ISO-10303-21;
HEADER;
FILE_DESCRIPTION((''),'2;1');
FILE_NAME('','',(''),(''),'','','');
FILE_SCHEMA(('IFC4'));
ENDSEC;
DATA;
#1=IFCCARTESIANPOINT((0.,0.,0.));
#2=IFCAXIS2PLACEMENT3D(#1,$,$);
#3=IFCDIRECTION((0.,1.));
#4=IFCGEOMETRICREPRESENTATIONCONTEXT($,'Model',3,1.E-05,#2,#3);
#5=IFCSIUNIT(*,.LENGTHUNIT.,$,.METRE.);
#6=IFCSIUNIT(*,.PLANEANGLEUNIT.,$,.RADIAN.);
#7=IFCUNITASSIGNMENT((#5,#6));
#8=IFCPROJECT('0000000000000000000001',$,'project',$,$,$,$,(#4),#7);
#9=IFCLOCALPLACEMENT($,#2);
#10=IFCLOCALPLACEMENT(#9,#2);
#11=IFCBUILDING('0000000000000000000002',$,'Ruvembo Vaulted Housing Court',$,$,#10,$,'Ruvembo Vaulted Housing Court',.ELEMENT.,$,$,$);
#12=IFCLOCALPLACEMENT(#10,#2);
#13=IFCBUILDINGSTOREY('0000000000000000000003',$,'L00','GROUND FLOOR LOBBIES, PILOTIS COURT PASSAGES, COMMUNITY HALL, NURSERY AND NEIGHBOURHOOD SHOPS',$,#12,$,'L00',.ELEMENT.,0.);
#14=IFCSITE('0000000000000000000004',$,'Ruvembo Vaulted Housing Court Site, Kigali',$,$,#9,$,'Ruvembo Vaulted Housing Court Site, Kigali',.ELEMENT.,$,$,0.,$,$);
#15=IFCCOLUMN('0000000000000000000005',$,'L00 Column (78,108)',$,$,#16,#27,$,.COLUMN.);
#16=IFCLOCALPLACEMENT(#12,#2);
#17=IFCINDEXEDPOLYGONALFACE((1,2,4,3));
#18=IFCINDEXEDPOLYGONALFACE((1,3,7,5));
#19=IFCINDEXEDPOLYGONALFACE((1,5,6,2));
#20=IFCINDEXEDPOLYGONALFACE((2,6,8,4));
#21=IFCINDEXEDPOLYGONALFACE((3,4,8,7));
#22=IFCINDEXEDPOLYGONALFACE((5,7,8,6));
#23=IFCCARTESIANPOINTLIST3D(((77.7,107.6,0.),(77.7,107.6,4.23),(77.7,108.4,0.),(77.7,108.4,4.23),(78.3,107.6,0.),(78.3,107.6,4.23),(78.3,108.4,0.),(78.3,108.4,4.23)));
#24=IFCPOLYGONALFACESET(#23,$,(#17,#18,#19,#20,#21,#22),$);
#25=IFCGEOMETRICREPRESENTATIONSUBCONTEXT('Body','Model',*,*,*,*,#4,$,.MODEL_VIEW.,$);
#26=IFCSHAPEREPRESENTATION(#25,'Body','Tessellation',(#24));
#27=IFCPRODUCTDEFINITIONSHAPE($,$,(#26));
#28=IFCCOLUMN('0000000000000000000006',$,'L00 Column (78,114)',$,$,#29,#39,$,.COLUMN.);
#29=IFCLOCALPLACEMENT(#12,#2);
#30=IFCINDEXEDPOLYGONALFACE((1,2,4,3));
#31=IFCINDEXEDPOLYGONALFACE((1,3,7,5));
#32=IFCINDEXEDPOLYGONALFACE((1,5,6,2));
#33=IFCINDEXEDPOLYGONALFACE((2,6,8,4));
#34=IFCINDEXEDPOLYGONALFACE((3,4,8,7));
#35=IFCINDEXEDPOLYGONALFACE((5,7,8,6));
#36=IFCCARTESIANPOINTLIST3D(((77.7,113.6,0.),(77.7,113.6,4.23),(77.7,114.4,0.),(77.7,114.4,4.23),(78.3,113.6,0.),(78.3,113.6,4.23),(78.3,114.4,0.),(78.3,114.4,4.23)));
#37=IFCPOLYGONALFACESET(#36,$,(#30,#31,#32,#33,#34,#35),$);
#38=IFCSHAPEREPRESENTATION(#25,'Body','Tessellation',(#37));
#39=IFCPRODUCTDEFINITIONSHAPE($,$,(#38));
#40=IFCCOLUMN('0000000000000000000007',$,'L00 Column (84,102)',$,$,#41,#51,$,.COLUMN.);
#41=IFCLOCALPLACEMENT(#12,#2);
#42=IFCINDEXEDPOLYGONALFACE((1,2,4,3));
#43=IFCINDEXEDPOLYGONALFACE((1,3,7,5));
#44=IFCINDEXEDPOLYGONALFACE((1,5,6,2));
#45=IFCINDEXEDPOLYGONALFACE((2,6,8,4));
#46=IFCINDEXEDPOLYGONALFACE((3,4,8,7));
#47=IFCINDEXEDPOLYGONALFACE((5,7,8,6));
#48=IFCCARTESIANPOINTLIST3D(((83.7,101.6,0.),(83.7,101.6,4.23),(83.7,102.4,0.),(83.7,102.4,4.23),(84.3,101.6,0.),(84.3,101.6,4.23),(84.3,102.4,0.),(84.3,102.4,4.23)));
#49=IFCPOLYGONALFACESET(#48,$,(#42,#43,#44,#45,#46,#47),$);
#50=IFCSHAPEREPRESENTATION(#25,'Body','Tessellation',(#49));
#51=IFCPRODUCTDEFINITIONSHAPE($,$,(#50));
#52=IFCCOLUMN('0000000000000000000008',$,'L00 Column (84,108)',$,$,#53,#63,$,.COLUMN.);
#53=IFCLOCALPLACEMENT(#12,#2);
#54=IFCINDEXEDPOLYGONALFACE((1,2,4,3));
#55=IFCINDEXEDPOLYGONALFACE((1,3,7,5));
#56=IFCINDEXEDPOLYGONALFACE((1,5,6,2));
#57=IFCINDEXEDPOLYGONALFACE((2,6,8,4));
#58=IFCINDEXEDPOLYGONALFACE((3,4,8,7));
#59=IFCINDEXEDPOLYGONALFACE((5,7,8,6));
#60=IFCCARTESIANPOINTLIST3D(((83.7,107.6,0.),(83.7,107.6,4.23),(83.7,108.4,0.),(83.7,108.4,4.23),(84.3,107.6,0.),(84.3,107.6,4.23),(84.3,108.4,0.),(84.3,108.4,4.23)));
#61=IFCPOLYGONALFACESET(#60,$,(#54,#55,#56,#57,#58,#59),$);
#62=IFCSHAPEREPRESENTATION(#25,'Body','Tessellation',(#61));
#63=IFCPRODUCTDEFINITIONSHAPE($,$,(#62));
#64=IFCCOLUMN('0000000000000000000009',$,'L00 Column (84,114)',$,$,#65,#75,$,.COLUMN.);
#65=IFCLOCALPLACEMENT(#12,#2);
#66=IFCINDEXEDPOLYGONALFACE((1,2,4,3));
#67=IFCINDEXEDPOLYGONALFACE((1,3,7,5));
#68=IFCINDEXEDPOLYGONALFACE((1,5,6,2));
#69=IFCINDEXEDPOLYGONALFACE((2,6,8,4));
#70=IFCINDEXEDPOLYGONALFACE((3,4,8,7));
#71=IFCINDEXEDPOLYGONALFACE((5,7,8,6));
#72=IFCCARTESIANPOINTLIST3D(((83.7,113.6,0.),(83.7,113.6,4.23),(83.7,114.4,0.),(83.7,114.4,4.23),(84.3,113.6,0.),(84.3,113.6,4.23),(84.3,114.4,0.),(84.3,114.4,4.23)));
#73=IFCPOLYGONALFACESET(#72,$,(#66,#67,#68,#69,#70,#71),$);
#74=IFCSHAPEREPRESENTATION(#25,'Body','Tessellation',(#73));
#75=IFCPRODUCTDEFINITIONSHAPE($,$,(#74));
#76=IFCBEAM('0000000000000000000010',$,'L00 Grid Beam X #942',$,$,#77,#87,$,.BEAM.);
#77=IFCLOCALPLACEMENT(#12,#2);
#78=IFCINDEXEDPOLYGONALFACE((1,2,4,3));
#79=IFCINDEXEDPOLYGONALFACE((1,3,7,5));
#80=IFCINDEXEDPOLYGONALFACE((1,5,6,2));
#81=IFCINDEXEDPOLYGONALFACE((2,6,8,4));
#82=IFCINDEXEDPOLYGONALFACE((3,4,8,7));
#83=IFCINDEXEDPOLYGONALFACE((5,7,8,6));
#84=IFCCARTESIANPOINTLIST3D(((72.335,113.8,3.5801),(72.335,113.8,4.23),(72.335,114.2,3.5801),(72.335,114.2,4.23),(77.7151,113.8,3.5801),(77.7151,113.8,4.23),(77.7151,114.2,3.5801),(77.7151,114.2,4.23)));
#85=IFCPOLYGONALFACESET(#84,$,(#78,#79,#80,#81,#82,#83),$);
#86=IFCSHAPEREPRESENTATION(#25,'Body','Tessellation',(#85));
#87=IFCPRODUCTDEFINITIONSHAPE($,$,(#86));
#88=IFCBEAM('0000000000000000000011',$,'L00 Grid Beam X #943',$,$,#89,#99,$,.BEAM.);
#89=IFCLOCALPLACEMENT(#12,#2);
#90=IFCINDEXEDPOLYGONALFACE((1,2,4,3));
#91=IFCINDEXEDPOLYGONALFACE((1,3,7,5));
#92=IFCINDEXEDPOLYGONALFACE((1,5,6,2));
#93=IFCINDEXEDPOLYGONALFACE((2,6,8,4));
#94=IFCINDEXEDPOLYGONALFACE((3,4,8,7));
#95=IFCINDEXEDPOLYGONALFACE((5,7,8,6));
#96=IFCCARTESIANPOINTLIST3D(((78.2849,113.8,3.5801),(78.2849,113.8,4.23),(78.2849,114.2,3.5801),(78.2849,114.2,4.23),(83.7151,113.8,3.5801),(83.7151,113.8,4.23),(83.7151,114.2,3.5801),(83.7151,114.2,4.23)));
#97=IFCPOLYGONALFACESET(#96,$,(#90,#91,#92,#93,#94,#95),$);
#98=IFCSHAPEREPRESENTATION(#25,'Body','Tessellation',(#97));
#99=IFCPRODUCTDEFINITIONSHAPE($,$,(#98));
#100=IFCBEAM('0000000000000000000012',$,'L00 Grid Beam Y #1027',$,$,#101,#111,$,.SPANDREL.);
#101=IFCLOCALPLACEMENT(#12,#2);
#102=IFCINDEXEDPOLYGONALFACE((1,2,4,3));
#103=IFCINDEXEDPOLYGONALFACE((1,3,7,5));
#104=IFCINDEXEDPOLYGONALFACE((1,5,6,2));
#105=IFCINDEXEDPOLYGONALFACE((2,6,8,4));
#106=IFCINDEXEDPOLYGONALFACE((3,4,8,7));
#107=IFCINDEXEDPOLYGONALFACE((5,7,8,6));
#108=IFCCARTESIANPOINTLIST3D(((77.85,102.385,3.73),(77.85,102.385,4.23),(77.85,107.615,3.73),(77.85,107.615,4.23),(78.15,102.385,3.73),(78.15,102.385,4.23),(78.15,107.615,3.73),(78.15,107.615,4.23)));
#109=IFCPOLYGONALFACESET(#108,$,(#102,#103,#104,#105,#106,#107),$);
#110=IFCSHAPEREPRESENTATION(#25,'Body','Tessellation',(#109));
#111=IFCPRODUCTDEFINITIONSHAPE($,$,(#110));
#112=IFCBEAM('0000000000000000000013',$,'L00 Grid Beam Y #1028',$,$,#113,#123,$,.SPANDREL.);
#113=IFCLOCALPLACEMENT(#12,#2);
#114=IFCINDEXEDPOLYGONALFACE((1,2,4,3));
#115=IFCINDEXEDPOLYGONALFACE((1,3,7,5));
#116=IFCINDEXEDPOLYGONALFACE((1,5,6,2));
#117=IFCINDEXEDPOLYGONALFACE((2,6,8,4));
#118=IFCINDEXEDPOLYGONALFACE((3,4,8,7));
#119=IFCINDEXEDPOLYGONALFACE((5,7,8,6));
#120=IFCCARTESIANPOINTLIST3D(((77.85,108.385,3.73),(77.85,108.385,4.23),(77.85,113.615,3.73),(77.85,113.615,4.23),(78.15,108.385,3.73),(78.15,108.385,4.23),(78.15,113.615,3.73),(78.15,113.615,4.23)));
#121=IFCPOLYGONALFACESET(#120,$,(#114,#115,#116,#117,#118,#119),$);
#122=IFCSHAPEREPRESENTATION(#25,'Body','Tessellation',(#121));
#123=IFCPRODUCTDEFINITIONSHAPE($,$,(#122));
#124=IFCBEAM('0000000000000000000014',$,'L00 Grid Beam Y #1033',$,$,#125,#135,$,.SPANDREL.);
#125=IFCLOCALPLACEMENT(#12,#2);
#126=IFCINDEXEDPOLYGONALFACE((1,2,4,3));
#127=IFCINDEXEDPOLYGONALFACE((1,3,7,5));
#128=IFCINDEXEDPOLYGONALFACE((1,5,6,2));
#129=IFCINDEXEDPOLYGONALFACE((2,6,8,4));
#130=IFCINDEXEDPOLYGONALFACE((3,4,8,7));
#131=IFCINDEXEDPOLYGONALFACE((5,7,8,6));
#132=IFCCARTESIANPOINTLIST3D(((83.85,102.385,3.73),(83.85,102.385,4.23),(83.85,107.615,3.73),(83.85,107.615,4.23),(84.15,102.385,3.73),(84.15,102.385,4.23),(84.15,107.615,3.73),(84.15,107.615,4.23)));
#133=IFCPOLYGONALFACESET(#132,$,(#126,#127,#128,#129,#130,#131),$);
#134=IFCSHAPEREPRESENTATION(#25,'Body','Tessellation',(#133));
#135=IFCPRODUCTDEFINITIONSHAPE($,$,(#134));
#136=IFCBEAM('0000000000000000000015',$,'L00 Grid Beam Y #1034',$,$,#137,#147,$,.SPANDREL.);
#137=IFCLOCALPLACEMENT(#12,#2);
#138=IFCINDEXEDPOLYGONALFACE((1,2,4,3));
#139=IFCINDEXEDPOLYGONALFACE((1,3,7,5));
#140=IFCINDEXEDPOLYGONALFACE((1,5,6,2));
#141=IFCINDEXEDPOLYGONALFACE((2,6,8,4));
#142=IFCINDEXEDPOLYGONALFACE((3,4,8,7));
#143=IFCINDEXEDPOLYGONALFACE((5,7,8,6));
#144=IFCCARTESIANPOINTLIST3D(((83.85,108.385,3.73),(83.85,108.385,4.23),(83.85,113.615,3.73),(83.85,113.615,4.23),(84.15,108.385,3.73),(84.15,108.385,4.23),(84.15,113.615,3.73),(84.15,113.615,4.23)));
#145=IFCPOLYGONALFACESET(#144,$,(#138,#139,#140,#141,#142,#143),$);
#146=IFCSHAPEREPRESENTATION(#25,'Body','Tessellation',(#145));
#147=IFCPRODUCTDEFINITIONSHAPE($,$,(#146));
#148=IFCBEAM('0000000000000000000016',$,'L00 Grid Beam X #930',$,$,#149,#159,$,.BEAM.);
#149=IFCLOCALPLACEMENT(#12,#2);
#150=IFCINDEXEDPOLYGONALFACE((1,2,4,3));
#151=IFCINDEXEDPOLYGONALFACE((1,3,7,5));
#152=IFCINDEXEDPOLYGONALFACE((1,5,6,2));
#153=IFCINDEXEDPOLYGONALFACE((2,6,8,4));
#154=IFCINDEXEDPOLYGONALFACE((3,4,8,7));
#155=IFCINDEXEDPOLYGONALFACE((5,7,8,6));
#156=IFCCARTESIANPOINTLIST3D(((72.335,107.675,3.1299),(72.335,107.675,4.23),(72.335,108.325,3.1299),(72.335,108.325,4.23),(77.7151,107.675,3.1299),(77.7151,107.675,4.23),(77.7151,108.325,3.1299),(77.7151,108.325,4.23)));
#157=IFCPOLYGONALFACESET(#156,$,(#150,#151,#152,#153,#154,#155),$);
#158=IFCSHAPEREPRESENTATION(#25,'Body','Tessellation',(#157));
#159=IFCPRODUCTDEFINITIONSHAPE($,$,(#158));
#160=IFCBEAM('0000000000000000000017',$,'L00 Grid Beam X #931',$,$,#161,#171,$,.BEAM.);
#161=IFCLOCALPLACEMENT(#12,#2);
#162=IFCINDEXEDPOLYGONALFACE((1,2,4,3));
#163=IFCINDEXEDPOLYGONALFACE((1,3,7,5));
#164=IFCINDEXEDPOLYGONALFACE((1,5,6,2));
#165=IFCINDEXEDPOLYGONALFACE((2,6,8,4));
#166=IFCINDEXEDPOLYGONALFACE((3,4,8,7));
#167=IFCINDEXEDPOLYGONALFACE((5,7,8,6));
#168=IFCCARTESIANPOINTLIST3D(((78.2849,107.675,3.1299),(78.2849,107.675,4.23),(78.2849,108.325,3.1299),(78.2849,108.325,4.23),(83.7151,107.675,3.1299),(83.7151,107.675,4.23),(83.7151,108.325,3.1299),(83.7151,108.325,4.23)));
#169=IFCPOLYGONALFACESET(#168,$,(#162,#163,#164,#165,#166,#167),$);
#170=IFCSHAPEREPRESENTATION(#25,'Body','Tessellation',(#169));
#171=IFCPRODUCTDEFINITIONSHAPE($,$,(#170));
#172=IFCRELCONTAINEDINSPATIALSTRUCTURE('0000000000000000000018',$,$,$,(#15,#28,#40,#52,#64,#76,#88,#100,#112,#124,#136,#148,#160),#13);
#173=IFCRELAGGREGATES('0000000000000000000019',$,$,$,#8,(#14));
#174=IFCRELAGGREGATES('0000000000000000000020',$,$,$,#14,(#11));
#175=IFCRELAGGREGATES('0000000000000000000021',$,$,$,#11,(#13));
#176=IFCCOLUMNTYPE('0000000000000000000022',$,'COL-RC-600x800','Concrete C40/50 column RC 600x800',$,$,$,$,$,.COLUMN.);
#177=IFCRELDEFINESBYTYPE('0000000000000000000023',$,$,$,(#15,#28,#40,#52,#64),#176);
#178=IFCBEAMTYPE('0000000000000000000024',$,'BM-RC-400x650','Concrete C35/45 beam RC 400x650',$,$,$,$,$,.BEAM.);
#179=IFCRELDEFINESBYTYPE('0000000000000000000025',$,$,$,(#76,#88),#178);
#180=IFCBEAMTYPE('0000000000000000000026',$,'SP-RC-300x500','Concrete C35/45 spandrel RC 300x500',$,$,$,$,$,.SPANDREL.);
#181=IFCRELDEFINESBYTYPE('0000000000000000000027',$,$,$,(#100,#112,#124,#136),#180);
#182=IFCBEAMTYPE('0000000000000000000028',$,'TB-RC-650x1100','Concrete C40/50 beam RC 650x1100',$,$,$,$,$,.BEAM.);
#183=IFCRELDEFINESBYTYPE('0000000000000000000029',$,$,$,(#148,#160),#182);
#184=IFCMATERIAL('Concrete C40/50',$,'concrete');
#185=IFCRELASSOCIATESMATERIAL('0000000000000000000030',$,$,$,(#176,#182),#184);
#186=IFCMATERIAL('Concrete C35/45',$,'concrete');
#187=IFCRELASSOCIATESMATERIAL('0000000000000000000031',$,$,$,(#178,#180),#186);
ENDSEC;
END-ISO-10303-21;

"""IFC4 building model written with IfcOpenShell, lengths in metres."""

from ifc_helpers import new_model, si_unit, direction, frame, origin, origin_2d, place, context, subcontext, project, spatial, rectangle, extrude, material, material_profile, profile_set, type_object, element, save


model = new_model("IFC4")

# Units and contexts
model_context = context("Model", 3, precision=1e-05, world=origin(), true_north=direction((0.0, 1.0)))
body_context = subcontext(model_context, "Body", "Model", "MODEL_VIEW")
ifc_project = project(units=[si_unit("LENGTHUNIT", "METRE"), si_unit("PLANEANGLEUNIT", "RADIAN")], contexts=[model_context])

# Site, building, storey
site_placement = place(None, origin())
site = spatial("IfcSite", under=ifc_project, at=site_placement, Name="Ruvembo Vaulted Housing Court Site, Kigali", LongName="Ruvembo Vaulted Housing Court Site, Kigali", CompositionType="ELEMENT", RefElevation=0.0)
building_placement = place(site_placement, origin())
building = spatial("IfcBuilding", under=site, at=building_placement, Name="Ruvembo Vaulted Housing Court", LongName="Ruvembo Vaulted Housing Court", CompositionType="ELEMENT")
storey_placement = place(building_placement, origin())
storey = spatial("IfcBuildingStorey", under=building, at=storey_placement, Name="L00", Description="GROUND FLOOR LOBBIES, PILOTIS COURT PASSAGES, COMMUNITY HALL, NURSERY AND NEIGHBOURHOOD SHOPS", LongName="L00", CompositionType="ELEMENT", Elevation=0.0)

# Columns
ifc_material_1 = material(Name="Concrete C40/50", Category="concrete")
ifc_material_profile_1 = material_profile(ifc_material_1, rectangle(XDim=0.6001, YDim=0.8, at=origin_2d()), Name="RC 600x800")
ifc_profile_set_1 = profile_set([ifc_material_profile_1], Name="Concrete C40/50")
column_type = type_object("IfcColumnType", Name="COL-RC-600x800", Description="Concrete C40/50 column RC 600x800", PredefinedType="COLUMN", material=ifc_profile_set_1)
for number, where, z_axis, x_axis, name in (
    (1, (78.0, 108.0, 0.0), (0.0, 0.0, 1.0), (1.0, 0.0, 0.0), "L00 Column (78,108)"),
    (2, (78.0, 114.0, 0.0), (0.0, 0.0, 1.0), (1.0, 0.0, 0.0), "L00 Column (78,114)"),
    (3, (84.0, 102.0, 0.0), (0.0, 0.0, 1.0), (1.0, 0.0, 0.0), "L00 Column (84,102)"),
    (4, (84.0, 108.0, 0.0), (0.0, 0.0, 1.0), (1.0, 0.0, 0.0), "L00 Column (84,108)"),
    (5, (84.0, 114.0, 0.0), (0.0, 0.0, 1.0), (1.0, 0.0, 0.0), "L00 Column (84,114)"),
):
    element("IfcColumn", number, at=place(storey_placement, frame(where, z_axis=z_axis, x_axis=x_axis)), inside=storey, type_object=column_type, Name=name, PredefinedType="COLUMN", context=body_context, shape_type="SweptSolid", body=[
        extrude(rectangle(XDim=0.6001, YDim=0.8, at=origin_2d()), origin(), (0.0, 0.0, 1.0), 4.23),
    ])

# Beams
ifc_material_2 = material(Name="Concrete C35/45", Category="concrete")
ifc_material_profile_2 = material_profile(ifc_material_2, rectangle(XDim=0.3999, YDim=0.6499, at=origin_2d()), Name="RC 400x650")
ifc_profile_set_2 = profile_set([ifc_material_profile_2], Name="Concrete C35/45")
beam_type_1 = type_object("IfcBeamType", Name="BM-RC-400x650", Description="Concrete C35/45 beam RC 400x650", PredefinedType="BEAM", material=ifc_profile_set_2)
beam_1_placement = place(storey_placement, frame((72.335, 114.0, 3.905), z_axis=(1.0, 0.0, 0.0), x_axis=(0.0, 1.0, 0.0)))
element("IfcBeam", 6, at=beam_1_placement, inside=storey, type_object=beam_type_1, Name="L00 Grid Beam X #942", PredefinedType="BEAM", context=body_context, shape_type="SweptSolid", body=[
    extrude(rectangle(XDim=0.3999, YDim=0.6499, at=origin_2d()), origin(), (0.0, 0.0, 1.0), 5.3801),
])
beam_2_placement = place(storey_placement, frame((78.2849, 114.0, 3.905), z_axis=(1.0, 0.0, 0.0), x_axis=(0.0, 1.0, 0.0)))
element("IfcBeam", 7, at=beam_2_placement, inside=storey, type_object=beam_type_1, Name="L00 Grid Beam X #943", PredefinedType="BEAM", context=body_context, shape_type="SweptSolid", body=[
    extrude(rectangle(XDim=0.3999, YDim=0.6499, at=origin_2d()), origin(), (0.0, 0.0, 1.0), 5.4302),
])
ifc_material_profile_3 = material_profile(ifc_material_2, rectangle(XDim=0.3, YDim=0.5, at=origin_2d()), Name="RC 300x500")
ifc_profile_set_3 = profile_set([ifc_material_profile_3], Name="Concrete C35/45")
beam_type_2 = type_object("IfcBeamType", Name="SP-RC-300x500", Description="Concrete C35/45 spandrel RC 300x500", PredefinedType="SPANDREL", material=ifc_profile_set_3)
for number, where, z_axis, x_axis, name in (
    (8, (78.0, 102.385, 3.98), (0.0, 1.0, 0.0), (-1.0, 0.0, 0.0), "L00 Grid Beam Y #1027"),
    (9, (78.0, 108.385, 3.98), (0.0, 1.0, 0.0), (-1.0, 0.0, 0.0), "L00 Grid Beam Y #1028"),
    (10, (84.0, 102.385, 3.98), (0.0, 1.0, 0.0), (-1.0, 0.0, 0.0), "L00 Grid Beam Y #1033"),
    (11, (84.0, 108.385, 3.98), (0.0, 1.0, 0.0), (-1.0, 0.0, 0.0), "L00 Grid Beam Y #1034"),
):
    element("IfcBeam", number, at=place(storey_placement, frame(where, z_axis=z_axis, x_axis=x_axis)), inside=storey, type_object=beam_type_2, Name=name, PredefinedType="SPANDREL", context=body_context, shape_type="SweptSolid", body=[
        extrude(rectangle(XDim=0.3, YDim=0.5, at=origin_2d()), origin(), (0.0, 0.0, 1.0), 5.23),
    ])
ifc_material_profile_4 = material_profile(ifc_material_1, rectangle(XDim=0.6499, YDim=1.1001, at=origin_2d()), Name="RC 650x1100")
ifc_profile_set_4 = profile_set([ifc_material_profile_4], Name="Concrete C40/50")
beam_type_3 = type_object("IfcBeamType", Name="TB-RC-650x1100", Description="Concrete C40/50 beam RC 650x1100", PredefinedType="BEAM", material=ifc_profile_set_4)
beam_3_placement = place(storey_placement, frame((72.335, 108.0, 3.6799), z_axis=(1.0, 0.0, 0.0), x_axis=(0.0, 1.0, 0.0)))
element("IfcBeam", 12, at=beam_3_placement, inside=storey, type_object=beam_type_3, Name="L00 Grid Beam X #930", PredefinedType="BEAM", context=body_context, shape_type="SweptSolid", body=[
    extrude(rectangle(XDim=0.6499, YDim=1.1001, at=origin_2d()), origin(), (0.0, 0.0, 1.0), 5.3801),
])
beam_4_placement = place(storey_placement, frame((78.2849, 108.0, 3.6799), z_axis=(1.0, 0.0, 0.0), x_axis=(0.0, 1.0, 0.0)))
element("IfcBeam", 13, at=beam_4_placement, inside=storey, type_object=beam_type_3, Name="L00 Grid Beam X #931", PredefinedType="BEAM", context=body_context, shape_type="SweptSolid", body=[
    extrude(rectangle(XDim=0.6499, YDim=1.1001, at=origin_2d()), origin(), (0.0, 0.0, 1.0), 5.4302),
])

save(model, "model.ifc")
